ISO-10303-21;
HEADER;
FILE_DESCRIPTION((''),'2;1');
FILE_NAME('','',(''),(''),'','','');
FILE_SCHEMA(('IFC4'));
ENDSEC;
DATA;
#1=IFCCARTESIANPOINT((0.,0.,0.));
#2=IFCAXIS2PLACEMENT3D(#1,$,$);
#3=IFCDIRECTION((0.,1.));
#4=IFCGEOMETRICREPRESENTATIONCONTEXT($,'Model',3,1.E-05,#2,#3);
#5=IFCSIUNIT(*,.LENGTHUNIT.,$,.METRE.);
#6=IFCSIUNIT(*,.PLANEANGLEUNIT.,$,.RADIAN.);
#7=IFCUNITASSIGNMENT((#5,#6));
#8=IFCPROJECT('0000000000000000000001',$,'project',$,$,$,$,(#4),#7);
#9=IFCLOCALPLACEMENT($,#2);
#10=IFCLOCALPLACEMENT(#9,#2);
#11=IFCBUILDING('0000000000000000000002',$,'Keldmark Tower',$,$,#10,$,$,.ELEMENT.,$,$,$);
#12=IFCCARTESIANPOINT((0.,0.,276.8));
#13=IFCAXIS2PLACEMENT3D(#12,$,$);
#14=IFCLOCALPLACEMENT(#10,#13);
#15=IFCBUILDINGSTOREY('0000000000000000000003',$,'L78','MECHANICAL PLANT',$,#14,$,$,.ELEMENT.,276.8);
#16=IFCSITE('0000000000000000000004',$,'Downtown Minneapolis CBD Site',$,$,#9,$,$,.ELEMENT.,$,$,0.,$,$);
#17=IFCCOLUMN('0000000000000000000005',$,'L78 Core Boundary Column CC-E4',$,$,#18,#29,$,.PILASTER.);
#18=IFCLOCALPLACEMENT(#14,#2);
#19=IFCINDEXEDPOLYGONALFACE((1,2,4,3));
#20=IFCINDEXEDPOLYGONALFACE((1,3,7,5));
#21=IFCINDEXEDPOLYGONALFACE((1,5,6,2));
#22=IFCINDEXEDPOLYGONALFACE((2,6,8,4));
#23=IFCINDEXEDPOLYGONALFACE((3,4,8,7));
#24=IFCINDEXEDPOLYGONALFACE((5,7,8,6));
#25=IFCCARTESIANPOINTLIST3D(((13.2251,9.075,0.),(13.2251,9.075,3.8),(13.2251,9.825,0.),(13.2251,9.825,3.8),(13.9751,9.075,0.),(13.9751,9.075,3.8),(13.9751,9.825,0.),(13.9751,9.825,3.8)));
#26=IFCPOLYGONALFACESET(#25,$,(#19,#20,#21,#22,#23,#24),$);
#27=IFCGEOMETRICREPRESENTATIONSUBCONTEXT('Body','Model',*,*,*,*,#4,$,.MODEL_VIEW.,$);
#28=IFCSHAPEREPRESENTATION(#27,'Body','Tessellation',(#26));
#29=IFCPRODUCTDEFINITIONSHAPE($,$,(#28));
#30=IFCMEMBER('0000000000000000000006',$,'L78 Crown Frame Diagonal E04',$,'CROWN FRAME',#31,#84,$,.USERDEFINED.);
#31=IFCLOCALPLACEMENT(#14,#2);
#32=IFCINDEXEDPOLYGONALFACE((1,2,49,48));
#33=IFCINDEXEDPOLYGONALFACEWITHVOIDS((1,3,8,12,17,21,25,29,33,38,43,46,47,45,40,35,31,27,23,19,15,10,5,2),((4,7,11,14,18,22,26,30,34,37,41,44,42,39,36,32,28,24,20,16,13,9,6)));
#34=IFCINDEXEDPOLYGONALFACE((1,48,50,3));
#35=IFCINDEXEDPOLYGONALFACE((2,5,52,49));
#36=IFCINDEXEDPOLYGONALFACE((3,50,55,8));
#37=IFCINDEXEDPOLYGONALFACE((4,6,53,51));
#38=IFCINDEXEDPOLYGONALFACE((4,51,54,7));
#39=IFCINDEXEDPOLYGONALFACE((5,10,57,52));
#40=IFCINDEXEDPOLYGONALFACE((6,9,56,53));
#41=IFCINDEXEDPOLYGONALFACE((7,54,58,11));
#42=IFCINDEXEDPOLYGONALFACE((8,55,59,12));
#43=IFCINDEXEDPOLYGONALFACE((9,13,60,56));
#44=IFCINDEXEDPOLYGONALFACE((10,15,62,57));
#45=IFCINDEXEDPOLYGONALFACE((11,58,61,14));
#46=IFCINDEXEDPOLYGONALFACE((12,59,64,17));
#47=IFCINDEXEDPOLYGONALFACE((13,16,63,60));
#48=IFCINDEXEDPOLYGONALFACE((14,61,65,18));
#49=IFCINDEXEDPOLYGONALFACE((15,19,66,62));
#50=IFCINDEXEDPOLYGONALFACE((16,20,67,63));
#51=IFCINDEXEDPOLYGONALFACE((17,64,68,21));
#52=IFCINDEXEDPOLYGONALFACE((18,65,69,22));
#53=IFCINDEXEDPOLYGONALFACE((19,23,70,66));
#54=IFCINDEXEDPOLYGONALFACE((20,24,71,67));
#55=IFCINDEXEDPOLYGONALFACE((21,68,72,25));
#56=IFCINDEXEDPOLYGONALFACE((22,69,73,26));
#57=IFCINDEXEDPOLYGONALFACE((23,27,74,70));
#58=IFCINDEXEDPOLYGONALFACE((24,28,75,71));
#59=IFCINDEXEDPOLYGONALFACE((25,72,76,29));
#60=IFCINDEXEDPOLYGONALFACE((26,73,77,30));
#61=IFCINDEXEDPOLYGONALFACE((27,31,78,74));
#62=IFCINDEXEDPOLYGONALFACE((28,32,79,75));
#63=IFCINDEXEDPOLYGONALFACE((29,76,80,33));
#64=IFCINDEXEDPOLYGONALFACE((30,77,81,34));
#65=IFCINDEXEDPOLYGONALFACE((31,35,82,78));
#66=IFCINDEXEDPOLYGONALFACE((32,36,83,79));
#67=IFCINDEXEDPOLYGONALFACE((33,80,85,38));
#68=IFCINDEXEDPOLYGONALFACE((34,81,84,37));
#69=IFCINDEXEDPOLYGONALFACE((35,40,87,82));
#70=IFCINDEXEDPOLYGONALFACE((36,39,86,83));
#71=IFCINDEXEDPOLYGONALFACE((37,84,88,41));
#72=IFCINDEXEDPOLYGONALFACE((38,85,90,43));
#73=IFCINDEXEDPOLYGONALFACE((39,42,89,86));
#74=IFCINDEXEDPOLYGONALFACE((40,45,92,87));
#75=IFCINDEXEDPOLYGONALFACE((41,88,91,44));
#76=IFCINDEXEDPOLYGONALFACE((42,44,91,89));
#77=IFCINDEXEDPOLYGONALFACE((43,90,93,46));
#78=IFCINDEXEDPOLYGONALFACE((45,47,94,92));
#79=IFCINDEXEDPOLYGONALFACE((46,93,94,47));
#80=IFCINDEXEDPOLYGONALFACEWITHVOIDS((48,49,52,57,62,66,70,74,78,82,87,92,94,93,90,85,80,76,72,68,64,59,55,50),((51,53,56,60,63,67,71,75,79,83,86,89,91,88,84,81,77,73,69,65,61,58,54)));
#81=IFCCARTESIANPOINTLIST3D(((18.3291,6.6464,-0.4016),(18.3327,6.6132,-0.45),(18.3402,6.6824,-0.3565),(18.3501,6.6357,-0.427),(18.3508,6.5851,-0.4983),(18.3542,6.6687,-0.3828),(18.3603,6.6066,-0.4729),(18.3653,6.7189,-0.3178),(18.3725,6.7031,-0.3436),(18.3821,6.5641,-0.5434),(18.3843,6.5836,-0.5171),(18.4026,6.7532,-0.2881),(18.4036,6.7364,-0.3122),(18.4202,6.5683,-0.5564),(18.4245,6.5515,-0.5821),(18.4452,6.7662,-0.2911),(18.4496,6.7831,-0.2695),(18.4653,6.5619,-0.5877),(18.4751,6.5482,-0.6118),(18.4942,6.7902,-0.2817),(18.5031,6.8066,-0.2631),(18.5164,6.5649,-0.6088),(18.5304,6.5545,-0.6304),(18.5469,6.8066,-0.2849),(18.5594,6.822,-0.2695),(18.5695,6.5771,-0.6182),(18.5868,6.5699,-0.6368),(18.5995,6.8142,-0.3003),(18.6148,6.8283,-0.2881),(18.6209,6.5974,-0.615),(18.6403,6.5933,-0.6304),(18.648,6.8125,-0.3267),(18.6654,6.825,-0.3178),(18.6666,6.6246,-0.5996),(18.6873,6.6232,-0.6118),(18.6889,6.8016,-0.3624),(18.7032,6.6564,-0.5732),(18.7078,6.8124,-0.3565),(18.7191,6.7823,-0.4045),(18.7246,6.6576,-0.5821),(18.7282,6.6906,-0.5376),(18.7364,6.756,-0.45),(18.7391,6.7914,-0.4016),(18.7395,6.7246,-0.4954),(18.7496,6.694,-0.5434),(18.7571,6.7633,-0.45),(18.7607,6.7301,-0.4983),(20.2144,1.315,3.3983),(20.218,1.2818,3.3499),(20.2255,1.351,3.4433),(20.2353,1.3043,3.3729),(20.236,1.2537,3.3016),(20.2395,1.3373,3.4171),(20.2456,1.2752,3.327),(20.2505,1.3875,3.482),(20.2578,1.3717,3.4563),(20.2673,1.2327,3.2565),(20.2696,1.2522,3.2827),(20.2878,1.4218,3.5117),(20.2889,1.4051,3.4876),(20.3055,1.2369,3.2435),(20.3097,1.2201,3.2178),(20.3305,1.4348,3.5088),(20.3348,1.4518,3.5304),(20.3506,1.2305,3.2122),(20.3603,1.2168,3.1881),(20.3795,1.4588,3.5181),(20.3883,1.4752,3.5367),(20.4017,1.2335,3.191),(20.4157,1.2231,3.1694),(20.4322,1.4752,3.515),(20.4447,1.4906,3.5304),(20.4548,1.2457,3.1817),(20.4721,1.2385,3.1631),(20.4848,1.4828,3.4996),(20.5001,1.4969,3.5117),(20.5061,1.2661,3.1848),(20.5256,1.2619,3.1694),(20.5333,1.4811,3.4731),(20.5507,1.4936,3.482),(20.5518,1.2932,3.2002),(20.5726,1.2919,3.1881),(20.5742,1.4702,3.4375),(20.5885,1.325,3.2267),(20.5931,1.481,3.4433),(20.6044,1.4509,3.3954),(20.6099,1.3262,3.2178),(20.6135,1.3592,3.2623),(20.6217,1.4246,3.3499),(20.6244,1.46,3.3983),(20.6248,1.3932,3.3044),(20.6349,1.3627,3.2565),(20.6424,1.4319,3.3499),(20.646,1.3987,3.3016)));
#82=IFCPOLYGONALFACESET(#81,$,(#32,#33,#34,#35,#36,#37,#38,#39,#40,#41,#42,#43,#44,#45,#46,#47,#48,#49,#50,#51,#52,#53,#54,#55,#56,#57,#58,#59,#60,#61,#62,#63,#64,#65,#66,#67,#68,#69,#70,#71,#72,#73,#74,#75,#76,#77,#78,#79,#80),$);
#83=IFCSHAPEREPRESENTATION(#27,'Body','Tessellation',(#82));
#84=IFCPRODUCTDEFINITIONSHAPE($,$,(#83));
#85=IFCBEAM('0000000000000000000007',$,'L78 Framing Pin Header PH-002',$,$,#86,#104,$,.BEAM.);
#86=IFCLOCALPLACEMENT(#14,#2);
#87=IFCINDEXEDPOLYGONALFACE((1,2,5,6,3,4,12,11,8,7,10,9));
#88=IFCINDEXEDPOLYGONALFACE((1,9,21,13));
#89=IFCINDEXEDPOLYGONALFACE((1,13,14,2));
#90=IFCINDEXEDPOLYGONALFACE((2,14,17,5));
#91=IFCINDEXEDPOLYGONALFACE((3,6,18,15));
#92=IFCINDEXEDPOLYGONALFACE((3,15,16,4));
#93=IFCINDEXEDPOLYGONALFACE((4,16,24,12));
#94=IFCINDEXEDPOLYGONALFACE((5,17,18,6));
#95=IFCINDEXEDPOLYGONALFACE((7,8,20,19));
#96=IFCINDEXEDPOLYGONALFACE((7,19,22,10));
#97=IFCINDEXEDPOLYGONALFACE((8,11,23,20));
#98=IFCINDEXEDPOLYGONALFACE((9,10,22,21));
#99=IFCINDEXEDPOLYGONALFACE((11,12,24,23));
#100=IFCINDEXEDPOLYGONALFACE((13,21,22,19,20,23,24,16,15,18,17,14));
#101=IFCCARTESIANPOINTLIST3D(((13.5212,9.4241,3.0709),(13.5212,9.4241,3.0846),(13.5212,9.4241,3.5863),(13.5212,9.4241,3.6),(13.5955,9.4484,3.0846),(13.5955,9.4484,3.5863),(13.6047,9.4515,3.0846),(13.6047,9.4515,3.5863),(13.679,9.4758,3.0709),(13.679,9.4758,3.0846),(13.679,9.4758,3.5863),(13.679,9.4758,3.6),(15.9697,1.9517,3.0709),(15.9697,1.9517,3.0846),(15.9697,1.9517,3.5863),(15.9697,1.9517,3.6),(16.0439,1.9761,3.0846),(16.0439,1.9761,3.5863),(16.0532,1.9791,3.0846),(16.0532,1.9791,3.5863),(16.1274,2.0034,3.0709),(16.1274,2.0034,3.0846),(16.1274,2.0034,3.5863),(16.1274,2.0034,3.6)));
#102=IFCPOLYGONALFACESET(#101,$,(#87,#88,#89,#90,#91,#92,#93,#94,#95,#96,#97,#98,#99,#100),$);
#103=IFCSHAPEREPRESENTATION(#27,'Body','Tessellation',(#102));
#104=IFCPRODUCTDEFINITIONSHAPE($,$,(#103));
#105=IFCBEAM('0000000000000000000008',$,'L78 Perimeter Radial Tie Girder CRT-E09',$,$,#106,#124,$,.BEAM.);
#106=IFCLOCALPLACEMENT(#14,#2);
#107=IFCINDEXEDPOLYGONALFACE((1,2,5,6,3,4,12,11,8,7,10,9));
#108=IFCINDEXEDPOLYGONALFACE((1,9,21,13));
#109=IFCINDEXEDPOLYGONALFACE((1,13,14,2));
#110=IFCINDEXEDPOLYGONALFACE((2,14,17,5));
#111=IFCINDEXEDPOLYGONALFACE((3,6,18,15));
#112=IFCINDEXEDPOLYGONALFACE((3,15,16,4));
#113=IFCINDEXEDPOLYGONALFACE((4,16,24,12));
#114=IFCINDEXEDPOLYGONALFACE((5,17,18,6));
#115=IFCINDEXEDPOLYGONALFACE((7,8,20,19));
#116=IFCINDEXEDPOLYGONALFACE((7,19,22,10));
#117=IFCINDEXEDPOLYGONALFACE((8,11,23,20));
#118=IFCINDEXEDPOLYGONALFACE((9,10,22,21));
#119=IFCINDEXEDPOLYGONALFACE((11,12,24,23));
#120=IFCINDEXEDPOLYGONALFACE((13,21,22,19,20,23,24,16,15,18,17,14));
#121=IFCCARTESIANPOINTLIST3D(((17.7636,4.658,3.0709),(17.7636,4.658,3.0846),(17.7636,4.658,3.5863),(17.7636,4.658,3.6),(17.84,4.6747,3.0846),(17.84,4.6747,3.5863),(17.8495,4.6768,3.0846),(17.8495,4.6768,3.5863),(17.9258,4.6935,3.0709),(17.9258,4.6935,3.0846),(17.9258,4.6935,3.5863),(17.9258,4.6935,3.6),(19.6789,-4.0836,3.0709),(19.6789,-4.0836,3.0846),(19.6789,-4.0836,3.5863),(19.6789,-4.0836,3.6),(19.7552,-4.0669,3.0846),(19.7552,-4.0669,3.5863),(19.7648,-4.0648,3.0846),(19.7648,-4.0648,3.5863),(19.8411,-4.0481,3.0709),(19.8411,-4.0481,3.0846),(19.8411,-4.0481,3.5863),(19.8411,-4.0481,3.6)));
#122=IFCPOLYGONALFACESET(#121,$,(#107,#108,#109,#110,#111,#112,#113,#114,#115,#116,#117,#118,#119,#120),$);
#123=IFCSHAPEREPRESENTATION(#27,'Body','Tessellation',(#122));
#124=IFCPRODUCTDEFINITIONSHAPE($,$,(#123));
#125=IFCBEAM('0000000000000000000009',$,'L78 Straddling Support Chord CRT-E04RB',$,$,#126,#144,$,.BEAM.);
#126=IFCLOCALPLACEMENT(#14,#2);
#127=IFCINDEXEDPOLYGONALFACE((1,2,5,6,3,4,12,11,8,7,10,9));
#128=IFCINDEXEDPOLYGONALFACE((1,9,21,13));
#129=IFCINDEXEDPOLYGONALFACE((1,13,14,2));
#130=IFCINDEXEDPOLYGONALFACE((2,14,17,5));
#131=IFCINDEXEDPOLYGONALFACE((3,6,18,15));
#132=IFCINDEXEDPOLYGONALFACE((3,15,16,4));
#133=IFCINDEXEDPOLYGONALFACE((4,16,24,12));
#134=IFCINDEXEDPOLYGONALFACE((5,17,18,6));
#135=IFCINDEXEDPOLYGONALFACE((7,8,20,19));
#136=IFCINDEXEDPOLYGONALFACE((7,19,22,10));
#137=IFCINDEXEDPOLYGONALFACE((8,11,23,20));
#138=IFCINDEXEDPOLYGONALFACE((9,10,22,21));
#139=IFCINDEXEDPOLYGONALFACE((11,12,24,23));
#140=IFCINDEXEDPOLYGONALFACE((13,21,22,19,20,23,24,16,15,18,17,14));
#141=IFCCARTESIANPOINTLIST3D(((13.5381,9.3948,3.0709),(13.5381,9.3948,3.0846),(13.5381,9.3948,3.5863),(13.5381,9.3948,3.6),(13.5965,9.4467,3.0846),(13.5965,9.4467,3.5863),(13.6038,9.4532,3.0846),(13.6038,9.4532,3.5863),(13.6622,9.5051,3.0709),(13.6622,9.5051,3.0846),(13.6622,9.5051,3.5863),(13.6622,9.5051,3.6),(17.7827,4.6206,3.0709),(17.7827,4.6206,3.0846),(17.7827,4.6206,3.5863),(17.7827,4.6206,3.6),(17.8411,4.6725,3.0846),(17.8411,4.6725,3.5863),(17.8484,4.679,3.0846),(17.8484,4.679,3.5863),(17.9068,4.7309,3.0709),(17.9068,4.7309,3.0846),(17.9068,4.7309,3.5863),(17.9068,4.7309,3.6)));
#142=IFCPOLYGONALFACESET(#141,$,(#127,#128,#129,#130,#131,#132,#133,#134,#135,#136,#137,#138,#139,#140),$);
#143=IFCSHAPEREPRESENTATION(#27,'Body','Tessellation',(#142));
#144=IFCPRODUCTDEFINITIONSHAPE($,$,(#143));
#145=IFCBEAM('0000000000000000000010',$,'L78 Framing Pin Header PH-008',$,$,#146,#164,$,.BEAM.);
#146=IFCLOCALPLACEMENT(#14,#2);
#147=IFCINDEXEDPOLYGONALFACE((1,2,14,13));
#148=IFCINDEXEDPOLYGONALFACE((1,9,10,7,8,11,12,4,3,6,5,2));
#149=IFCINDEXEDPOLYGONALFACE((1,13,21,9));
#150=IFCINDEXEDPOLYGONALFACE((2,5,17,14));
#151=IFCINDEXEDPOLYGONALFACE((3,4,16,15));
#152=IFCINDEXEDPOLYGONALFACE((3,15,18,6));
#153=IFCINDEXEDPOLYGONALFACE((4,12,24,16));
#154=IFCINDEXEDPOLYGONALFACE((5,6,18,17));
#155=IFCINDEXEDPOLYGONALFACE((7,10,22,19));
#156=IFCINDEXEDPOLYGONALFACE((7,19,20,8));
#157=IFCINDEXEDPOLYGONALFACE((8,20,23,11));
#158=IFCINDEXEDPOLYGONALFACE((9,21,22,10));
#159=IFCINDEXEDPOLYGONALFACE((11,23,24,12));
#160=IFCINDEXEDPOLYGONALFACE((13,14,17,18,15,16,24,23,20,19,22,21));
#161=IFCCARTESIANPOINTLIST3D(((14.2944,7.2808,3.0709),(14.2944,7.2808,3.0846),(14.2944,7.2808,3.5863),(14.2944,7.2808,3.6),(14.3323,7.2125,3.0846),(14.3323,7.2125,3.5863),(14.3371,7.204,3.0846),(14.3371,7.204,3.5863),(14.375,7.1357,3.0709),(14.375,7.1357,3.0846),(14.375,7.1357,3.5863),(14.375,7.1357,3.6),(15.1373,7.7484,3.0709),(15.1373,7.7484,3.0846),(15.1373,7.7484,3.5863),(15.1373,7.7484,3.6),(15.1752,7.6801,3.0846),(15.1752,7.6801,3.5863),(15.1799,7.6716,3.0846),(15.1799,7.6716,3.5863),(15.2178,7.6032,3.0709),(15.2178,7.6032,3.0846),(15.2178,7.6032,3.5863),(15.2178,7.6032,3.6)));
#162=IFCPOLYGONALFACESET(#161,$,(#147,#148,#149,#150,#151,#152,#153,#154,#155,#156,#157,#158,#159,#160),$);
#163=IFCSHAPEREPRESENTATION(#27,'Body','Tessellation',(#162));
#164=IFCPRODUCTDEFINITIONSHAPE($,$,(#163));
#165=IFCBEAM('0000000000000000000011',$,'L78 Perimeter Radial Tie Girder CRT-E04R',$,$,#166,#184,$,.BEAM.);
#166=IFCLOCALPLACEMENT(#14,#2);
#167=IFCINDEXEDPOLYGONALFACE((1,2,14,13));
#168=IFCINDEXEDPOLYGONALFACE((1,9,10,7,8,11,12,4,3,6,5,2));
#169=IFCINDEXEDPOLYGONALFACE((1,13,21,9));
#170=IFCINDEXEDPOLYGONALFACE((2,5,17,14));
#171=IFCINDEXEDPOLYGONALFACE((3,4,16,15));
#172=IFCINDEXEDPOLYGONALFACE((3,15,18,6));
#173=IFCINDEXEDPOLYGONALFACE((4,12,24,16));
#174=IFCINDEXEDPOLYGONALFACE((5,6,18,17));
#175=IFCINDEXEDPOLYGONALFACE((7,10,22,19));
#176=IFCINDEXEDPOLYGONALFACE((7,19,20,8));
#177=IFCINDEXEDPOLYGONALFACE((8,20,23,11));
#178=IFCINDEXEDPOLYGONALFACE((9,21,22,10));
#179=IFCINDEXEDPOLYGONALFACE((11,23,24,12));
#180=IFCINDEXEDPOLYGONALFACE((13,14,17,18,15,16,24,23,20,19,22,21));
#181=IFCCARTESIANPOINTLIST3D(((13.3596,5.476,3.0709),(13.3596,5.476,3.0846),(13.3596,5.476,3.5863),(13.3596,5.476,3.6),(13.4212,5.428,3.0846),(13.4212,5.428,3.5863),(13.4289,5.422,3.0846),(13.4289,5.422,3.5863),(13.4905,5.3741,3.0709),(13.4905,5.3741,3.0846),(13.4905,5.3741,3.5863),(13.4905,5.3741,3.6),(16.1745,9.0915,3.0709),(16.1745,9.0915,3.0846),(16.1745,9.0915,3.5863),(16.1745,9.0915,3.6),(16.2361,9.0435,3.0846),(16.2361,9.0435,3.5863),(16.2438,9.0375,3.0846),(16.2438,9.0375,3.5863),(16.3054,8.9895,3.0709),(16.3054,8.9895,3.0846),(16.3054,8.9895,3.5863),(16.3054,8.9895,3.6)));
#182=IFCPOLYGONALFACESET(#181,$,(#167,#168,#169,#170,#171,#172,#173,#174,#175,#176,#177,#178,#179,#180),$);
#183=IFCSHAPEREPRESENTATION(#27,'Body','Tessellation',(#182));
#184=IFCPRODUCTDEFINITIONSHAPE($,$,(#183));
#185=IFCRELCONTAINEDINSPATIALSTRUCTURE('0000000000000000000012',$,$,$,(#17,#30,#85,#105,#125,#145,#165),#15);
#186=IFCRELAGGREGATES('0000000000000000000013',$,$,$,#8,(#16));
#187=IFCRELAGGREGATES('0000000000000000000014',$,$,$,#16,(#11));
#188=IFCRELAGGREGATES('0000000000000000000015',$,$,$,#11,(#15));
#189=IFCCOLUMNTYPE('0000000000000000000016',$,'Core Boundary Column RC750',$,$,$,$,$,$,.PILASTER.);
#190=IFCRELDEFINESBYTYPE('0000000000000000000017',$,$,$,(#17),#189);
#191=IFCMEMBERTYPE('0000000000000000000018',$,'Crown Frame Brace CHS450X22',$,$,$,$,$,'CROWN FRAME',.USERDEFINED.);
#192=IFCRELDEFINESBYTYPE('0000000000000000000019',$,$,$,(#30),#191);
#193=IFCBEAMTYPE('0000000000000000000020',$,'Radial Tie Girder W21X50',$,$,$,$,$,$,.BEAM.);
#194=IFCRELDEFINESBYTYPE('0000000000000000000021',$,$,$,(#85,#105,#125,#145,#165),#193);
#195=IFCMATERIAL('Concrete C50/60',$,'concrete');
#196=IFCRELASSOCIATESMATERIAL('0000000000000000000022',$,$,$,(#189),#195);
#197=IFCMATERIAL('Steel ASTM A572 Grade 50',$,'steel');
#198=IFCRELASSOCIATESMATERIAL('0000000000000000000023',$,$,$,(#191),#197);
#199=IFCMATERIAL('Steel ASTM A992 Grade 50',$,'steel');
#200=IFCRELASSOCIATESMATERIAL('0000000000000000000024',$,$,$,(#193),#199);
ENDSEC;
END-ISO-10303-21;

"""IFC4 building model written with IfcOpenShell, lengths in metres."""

from ifc_helpers import new_model, si_unit, direction, frame, origin, origin_2d, place, context, subcontext, project, spatial, rectangle, hollow_circle, i_section, extrude, material, material_profile, profile_set, type_object, element, save


model = new_model("IFC4")

# Units and contexts
model_context = context("Model", 3, precision=1e-05, world=origin(), true_north=direction((0.0, 1.0)))
body_context = subcontext(model_context, "Body", "Model", "MODEL_VIEW")
ifc_project = project(units=[si_unit("LENGTHUNIT", "METRE"), si_unit("PLANEANGLEUNIT", "RADIAN")], contexts=[model_context])

# Site, building, storey
site_placement = place(None, origin())
site = spatial("IfcSite", under=ifc_project, at=site_placement, Name="Downtown Minneapolis CBD Site", CompositionType="ELEMENT", RefElevation=0.0)
building_placement = place(site_placement, origin())
building = spatial("IfcBuilding", under=site, at=building_placement, Name="Keldmark Tower", CompositionType="ELEMENT")
storey_placement = place(building_placement, frame((0.0, 0.0, 276.8)))
storey = spatial("IfcBuildingStorey", under=building, at=storey_placement, Name="L78", Description="MECHANICAL PLANT", CompositionType="ELEMENT", Elevation=276.8)

# Column
ifc_material_1 = material(Name="Concrete C50/60", Category="concrete")
ifc_material_profile_1 = material_profile(ifc_material_1, rectangle(XDim=0.75, YDim=0.75, at=origin_2d()), Name="RC750X750")
ifc_profile_set_1 = profile_set([ifc_material_profile_1], Name="Concrete C50/60")
column_type = type_object("IfcColumnType", Name="Core Boundary Column RC750", PredefinedType="PILASTER", material=ifc_profile_set_1)
column_placement = place(storey_placement, frame((13.6001, 9.45, 0.0), z_axis=(0.0, 0.0, 1.0), x_axis=(1.0, 0.0, 0.0)))
element("IfcColumn", 1, at=column_placement, inside=storey, type_object=column_type, Name="L78 Core Boundary Column CC-E4", PredefinedType="PILASTER", context=body_context, shape_type="SweptSolid", body=[
    extrude(rectangle(XDim=0.75, YDim=0.75, at=origin_2d()), origin(), (0.0, 0.0, 1.0), 3.8),
])

# Member
ifc_material_2 = material(Name="Steel ASTM A572 Grade 50", Category="steel")
ifc_material_profile_2 = material_profile(ifc_material_2, hollow_circle(Radius=0.2251, WallThickness=0.022, at=origin_2d()), Name="CHS450X22")
ifc_profile_set_2 = profile_set([ifc_material_profile_2], Name="Steel ASTM A572 Grade 50")
member_type = type_object("IfcMemberType", Name="Crown Frame Brace CHS450X22", ElementType="CROWN FRAME", PredefinedType="USERDEFINED", material=ifc_profile_set_2)
member_placement = place(storey_placement, frame((18.5449, 6.6882, -0.45), z_axis=(0.276719, -0.782531, 0.557738), x_axis=(0.942789, 0.333389, 0.0)))
element("IfcMember", 2, at=member_placement, inside=storey, type_object=member_type, Name="L78 Crown Frame Diagonal E04", ObjectType="CROWN FRAME", PredefinedType="USERDEFINED", context=body_context, shape_type="SweptSolid", body=[
    extrude(hollow_circle(Radius=0.2251, WallThickness=0.022, at=origin_2d()), origin(), (0.0, 0.0, 1.0), 6.813),
])

# Beams
ifc_material_3 = material(Name="Steel ASTM A992 Grade 50", Category="steel")
ifc_material_profile_3 = material_profile(ifc_material_3, i_section(OverallWidth=0.166, OverallDepth=0.5291, WebThickness=0.0098, FlangeThickness=0.0137, at=origin_2d()), Name="W21X50")
ifc_profile_set_3 = profile_set([ifc_material_profile_3], Name="Steel ASTM A992 Grade 50")
beam_type_1 = type_object("IfcBeamType", Name="Radial Tie Girder W21X50", PredefinedType="BEAM", material=ifc_profile_set_3)
beam_1_placement = place(storey_placement, frame((13.6001, 9.45, 3.3354), z_axis=(0.31138, -0.950285, 0.0), x_axis=(0.950285, 0.31138, 0.0)))
element("IfcBeam", 3, at=beam_1_placement, inside=storey, type_object=beam_type_1, Name="L78 Framing Pin Header PH-002", PredefinedType="BEAM", context=body_context, shape_type="SweptSolid", body=[
    extrude(i_section(OverallWidth=0.166, OverallDepth=0.5291, WebThickness=0.0098, FlangeThickness=0.0137, at=origin_2d()), origin(), (0.0, 0.0, 1.0), 7.8633),
])
beam_2_placement = place(storey_placement, frame((17.8447, 4.6758, 3.3354), z_axis=(0.214021, -0.976829, 0.0), x_axis=(0.976829, 0.214021, 0.0)))
element("IfcBeam", 4, at=beam_2_placement, inside=storey, type_object=beam_type_1, Name="L78 Perimeter Radial Tie Girder CRT-E09", PredefinedType="BEAM", context=body_context, shape_type="SweptSolid", body=[
    extrude(i_section(OverallWidth=0.166, OverallDepth=0.5291, WebThickness=0.0098, FlangeThickness=0.0137, at=origin_2d()), origin(), (0.0, 0.0, 1.0), 8.949),
])
beam_3_placement = place(storey_placement, frame((17.8447, 4.6758, 3.3354), z_axis=(-0.664444, 0.747338, 0.0), x_axis=(-0.747338, -0.664444, 0.0)))
element("IfcBeam", 5, at=beam_3_placement, inside=storey, type_object=beam_type_1, Name="L78 Straddling Support Chord CRT-E04RB", PredefinedType="BEAM", context=body_context, shape_type="SweptSolid", body=[
    extrude(i_section(OverallWidth=0.166, OverallDepth=0.5291, WebThickness=0.0098, FlangeThickness=0.0137, at=origin_2d()), origin(), (0.0, 0.0, 1.0), 6.3882),
])
beam_4_placement = place(storey_placement, frame((14.3347, 7.2083, 3.3354), z_axis=(0.874456, 0.485105, 0.0), x_axis=(-0.485105, 0.874456, 0.0)))
element("IfcBeam", 6, at=beam_4_placement, inside=storey, type_object=beam_type_1, Name="L78 Framing Pin Header PH-008", PredefinedType="BEAM", context=body_context, shape_type="SweptSolid", body=[
    extrude(i_section(OverallWidth=0.166, OverallDepth=0.5291, WebThickness=0.0098, FlangeThickness=0.0137, at=origin_2d()), origin(), (0.0, 0.0, 1.0), 0.9639),
])
beam_5_placement = place(storey_placement, frame((13.425, 5.425, 3.3354), z_axis=(0.614335, 0.789045, 0.0), x_axis=(-0.789045, 0.614335, 0.0)))
element("IfcBeam", 7, at=beam_5_placement, inside=storey, type_object=beam_type_1, Name="L78 Perimeter Radial Tie Girder CRT-E04R", PredefinedType="BEAM", context=body_context, shape_type="SweptSolid", body=[
    extrude(i_section(OverallWidth=0.166, OverallDepth=0.5291, WebThickness=0.0098, FlangeThickness=0.0137, at=origin_2d()), origin(), (0.0, 0.0, 1.0), 4.582),
])

save(model, "model.ifc")
